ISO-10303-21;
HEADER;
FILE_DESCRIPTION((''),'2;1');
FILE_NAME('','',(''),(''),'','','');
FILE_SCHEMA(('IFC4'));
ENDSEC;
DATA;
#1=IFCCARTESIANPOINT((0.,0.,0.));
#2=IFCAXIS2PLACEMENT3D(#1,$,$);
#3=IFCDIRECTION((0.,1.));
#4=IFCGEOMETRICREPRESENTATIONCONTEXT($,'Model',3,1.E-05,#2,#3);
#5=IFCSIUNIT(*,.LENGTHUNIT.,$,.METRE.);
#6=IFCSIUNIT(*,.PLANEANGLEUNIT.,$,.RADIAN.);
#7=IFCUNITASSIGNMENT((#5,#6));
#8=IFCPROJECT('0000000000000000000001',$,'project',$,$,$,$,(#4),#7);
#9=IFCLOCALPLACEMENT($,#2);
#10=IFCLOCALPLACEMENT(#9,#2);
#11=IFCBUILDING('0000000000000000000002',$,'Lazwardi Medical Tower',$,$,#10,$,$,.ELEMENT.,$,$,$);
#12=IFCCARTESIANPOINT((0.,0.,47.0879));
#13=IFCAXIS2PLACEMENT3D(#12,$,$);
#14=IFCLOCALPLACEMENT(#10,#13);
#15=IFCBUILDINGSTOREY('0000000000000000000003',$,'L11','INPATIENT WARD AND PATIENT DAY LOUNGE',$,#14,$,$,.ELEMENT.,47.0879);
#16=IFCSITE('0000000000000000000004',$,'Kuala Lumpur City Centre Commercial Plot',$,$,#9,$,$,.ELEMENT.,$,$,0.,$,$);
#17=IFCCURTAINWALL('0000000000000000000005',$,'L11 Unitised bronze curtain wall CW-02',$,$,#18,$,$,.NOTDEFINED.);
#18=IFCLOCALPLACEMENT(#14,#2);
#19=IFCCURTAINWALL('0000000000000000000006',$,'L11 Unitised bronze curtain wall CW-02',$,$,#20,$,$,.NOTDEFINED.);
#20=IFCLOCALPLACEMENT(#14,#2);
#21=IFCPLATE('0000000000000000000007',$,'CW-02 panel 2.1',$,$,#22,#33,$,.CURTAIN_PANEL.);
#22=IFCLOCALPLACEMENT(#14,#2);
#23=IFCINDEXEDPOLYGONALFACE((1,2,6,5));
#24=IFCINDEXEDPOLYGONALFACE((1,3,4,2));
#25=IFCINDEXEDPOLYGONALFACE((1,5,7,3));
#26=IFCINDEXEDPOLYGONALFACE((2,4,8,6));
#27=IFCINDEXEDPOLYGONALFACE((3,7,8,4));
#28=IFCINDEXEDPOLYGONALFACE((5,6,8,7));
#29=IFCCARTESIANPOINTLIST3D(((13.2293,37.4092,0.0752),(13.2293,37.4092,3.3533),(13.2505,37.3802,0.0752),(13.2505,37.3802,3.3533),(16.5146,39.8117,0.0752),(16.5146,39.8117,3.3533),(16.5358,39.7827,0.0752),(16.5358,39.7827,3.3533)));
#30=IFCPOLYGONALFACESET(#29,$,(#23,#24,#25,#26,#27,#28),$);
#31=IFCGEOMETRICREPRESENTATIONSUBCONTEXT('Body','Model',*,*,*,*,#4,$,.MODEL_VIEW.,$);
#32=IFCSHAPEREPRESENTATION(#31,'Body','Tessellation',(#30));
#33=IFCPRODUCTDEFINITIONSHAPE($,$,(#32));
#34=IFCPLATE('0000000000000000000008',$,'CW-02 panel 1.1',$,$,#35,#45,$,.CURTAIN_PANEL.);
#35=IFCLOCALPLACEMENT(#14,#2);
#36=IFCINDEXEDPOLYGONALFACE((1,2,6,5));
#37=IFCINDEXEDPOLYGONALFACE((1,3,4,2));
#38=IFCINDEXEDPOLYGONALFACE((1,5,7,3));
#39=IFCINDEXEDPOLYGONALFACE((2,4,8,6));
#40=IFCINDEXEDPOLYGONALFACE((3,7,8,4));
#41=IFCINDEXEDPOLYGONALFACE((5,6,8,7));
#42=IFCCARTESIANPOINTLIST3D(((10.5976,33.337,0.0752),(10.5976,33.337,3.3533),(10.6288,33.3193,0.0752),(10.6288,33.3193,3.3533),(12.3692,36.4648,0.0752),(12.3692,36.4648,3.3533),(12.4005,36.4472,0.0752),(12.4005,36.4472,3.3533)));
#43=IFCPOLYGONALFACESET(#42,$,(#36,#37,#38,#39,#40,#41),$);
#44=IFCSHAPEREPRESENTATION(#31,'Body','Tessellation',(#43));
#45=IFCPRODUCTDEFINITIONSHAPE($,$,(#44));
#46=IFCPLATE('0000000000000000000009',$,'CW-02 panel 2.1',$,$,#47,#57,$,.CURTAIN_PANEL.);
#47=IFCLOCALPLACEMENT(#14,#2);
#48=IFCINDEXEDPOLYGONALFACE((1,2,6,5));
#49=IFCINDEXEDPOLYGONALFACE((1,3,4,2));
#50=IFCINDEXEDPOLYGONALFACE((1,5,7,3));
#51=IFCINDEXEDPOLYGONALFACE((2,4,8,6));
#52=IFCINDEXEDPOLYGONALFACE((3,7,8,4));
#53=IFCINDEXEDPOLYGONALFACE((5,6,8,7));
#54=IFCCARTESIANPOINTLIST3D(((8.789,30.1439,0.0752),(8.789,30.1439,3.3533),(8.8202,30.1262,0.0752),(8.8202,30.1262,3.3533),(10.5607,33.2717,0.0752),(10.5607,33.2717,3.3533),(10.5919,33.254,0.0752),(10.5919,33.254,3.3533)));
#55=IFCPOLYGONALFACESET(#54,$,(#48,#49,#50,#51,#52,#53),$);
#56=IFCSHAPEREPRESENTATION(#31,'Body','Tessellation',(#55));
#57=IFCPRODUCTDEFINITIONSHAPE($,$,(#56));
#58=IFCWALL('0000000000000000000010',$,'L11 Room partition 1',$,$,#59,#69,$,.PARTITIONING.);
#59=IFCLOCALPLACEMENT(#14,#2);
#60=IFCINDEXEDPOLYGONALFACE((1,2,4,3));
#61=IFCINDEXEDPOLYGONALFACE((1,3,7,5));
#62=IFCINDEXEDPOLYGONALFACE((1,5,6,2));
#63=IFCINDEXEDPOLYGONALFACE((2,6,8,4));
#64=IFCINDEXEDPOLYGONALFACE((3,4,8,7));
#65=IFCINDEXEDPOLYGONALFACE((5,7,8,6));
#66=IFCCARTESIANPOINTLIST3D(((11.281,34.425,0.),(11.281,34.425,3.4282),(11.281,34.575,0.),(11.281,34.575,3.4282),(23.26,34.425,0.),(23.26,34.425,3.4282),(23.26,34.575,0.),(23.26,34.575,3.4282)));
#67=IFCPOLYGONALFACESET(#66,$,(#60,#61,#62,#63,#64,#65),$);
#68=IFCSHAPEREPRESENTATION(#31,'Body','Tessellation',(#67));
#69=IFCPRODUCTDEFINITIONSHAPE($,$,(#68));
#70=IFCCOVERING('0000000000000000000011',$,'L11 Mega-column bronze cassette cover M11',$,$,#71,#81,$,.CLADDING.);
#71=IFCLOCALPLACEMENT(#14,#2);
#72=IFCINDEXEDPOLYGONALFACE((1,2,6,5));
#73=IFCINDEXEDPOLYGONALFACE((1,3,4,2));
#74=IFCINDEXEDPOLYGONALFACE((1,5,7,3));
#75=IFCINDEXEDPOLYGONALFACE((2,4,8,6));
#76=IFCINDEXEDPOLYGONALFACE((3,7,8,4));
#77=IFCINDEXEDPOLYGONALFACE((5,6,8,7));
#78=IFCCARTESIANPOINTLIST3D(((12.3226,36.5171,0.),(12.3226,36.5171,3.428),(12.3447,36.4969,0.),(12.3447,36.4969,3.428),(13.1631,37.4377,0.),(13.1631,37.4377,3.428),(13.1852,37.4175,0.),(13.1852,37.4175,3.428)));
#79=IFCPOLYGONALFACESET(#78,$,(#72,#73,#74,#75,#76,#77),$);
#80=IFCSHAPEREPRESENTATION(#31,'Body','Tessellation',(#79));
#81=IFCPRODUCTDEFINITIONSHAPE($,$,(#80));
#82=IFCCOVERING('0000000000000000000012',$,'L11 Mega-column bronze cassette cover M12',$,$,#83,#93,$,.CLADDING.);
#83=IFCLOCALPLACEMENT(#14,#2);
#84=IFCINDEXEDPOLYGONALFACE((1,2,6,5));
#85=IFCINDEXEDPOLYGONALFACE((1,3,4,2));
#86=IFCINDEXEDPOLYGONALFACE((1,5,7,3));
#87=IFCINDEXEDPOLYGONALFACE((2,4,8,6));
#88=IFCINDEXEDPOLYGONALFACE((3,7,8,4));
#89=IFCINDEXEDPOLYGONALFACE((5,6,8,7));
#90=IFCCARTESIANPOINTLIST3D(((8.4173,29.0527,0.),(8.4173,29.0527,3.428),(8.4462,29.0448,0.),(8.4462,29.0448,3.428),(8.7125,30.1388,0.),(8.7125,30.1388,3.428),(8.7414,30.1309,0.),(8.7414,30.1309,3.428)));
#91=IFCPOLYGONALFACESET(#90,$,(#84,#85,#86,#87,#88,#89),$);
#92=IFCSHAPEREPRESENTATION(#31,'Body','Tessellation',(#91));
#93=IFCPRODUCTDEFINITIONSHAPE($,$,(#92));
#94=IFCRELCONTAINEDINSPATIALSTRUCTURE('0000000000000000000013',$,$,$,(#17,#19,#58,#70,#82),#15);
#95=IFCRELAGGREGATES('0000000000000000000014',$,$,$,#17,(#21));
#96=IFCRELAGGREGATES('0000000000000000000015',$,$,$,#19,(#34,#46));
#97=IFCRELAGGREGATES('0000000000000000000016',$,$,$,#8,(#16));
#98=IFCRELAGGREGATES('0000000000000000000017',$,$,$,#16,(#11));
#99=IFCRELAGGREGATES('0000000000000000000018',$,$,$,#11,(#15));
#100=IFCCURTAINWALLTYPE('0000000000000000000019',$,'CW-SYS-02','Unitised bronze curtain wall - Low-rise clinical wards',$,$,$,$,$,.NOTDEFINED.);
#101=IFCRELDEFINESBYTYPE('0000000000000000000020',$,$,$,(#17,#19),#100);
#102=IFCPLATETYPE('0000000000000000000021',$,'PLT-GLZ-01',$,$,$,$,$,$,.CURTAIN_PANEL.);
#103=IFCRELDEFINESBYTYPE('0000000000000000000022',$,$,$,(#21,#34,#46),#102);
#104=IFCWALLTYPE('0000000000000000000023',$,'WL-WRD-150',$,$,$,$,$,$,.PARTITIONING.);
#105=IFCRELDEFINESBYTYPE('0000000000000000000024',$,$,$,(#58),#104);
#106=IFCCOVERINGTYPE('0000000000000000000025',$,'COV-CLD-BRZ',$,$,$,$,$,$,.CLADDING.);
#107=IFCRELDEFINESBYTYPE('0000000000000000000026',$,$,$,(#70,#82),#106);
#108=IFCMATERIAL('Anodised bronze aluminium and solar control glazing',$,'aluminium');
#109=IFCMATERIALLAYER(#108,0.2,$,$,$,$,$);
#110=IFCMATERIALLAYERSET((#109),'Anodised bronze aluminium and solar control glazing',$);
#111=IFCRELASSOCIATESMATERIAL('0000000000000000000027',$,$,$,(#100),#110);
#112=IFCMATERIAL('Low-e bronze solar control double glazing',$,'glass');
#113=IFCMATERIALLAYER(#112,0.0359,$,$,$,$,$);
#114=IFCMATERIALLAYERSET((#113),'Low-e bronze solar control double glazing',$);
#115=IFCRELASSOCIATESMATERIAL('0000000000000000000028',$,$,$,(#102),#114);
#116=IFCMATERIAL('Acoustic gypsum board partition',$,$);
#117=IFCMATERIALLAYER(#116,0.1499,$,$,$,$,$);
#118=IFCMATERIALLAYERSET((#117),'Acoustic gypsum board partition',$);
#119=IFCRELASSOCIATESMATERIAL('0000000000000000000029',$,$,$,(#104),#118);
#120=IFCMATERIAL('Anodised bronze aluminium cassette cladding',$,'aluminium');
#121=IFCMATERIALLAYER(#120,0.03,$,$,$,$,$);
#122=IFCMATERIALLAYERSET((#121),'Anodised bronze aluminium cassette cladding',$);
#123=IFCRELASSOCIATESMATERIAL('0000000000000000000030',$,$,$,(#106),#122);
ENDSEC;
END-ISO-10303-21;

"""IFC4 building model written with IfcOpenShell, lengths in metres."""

from ifc_helpers import new_model, si_unit, direction, frame, frame_2d, origin, origin_2d, place, context, subcontext, project, spatial, rectangle, extrude, material, layer, layer_set, type_object, element, aggregate, save


model = new_model("IFC4")

# Units and contexts
model_context = context("Model", 3, precision=1e-05, world=origin(), true_north=direction((0.0, 1.0)))
body_context = subcontext(model_context, "Body", "Model", "MODEL_VIEW")
ifc_project = project(units=[si_unit("LENGTHUNIT", "METRE"), si_unit("PLANEANGLEUNIT", "RADIAN")], contexts=[model_context])

# Site, building, storey
site_placement = place(None, origin())
site = spatial("IfcSite", under=ifc_project, at=site_placement, Name="Kuala Lumpur City Centre Commercial Plot", CompositionType="ELEMENT", RefElevation=0.0)
building_placement = place(site_placement, origin())
building = spatial("IfcBuilding", under=site, at=building_placement, Name="Lazwardi Medical Tower", CompositionType="ELEMENT")
storey_placement = place(building_placement, frame((0.0, 0.0, 47.0879)))
storey = spatial("IfcBuildingStorey", under=building, at=storey_placement, Name="L11", Description="INPATIENT WARD AND PATIENT DAY LOUNGE", CompositionType="ELEMENT", Elevation=47.0879)

# Curtain wall
ifc_material_1 = material(Name="Anodised bronze aluminium and solar control glazing", Category="aluminium")
ifc_layer_1 = layer(ifc_material_1, 0.2)
ifc_layer_set_1 = layer_set([ifc_layer_1], Name="Anodised bronze aluminium and solar control glazing")
curtain_wall_type = type_object("IfcCurtainWallType", Name="CW-SYS-02", Description="Unitised bronze curtain wall - Low-rise clinical wards", PredefinedType="NOTDEFINED", material=ifc_layer_set_1)
curtain_wall_1_placement = place(storey_placement, origin())
curtain_wall_1 = element("IfcCurtainWall", 1, at=curtain_wall_1_placement, inside=storey, type_object=curtain_wall_type, Name="L11 Unitised bronze curtain wall CW-02", PredefinedType="NOTDEFINED")

# Curtain wall
curtain_wall_2_placement = place(storey_placement, origin())
curtain_wall_2 = element("IfcCurtainWall", 2, at=curtain_wall_2_placement, inside=storey, type_object=curtain_wall_type, Name="L11 Unitised bronze curtain wall CW-02", PredefinedType="NOTDEFINED")

# Plates
ifc_material_2 = material(Name="Low-e bronze solar control double glazing", Category="glass")
ifc_layer_2 = layer(ifc_material_2, 0.0359)
ifc_layer_set_2 = layer_set([ifc_layer_2], Name="Low-e bronze solar control double glazing")
plate_type = type_object("IfcPlateType", Name="PLT-GLZ-01", PredefinedType="CURTAIN_PANEL", material=ifc_layer_set_2)
plate_1_placement = place(storey_placement, frame((14.8826, 38.5959, 0.0752), z_axis=(0.0, 0.0, 1.0), x_axis=(-0.807192, -0.590289, 0.0)))
plate_1 = element("IfcPlate", 3, at=plate_1_placement, type_object=plate_type, Name="CW-02 panel 2.1", PredefinedType="CURTAIN_PANEL", context=body_context, shape_type="SweptSolid", body=[
    extrude(rectangle(XDim=4.0701, YDim=0.0359, at=origin_2d()), origin(), (0.0, 0.0, 1.0), 3.2781),
])
aggregate(curtain_wall_1, [plate_1])
plate_2_placement = place(storey_placement, frame((11.499, 34.8921, 0.0752), z_axis=(0.0, 0.0, 1.0), x_axis=(-0.492854, -0.870112, 0.0)))
plate_2 = element("IfcPlate", 4, at=plate_2_placement, type_object=plate_type, Name="CW-02 panel 1.1", PredefinedType="CURTAIN_PANEL", context=body_context, shape_type="SweptSolid", body=[
    extrude(rectangle(XDim=3.5947, YDim=0.0359, at=origin_2d()), origin(), (0.0, 0.0, 1.0), 3.2781),
])
plate_3_placement = place(storey_placement, frame((9.6904, 31.699, 0.0752), z_axis=(0.0, 0.0, 1.0), x_axis=(-0.492854, -0.870112, 0.0)))
plate_3 = element("IfcPlate", 5, at=plate_3_placement, type_object=plate_type, Name="CW-02 panel 2.1", PredefinedType="CURTAIN_PANEL", context=body_context, shape_type="SweptSolid", body=[
    extrude(rectangle(XDim=3.5947, YDim=0.0359, at=origin_2d()), origin(), (0.0, 0.0, 1.0), 3.2781),
])
aggregate(curtain_wall_2, [plate_2, plate_3])

# Wall
ifc_material_3 = material(Name="Acoustic gypsum board partition")
ifc_layer_3 = layer(ifc_material_3, 0.1499)
ifc_layer_set_3 = layer_set([ifc_layer_3], Name="Acoustic gypsum board partition")
wall_type_1 = type_object("IfcWallType", Name="WL-WRD-150", PredefinedType="PARTITIONING", material=ifc_layer_set_3)
wall_1_placement = place(storey_placement, frame((11.281, 34.5, 0.0), z_axis=(0.0, 0.0, 1.0), x_axis=(1.0, 0.0, 0.0)))
element("IfcWall", 6, at=wall_1_placement, inside=storey, type_object=wall_type_1, Name="L11 Room partition 1", PredefinedType="PARTITIONING", context=body_context, shape_type="SweptSolid", body=[
    extrude(rectangle(XDim=11.979, YDim=0.1499, at=frame_2d((5.9895, 0.0))), origin(), (0.0, 0.0, 1.0), 3.4282),
])

# Coverings
ifc_material_4 = material(Name="Anodised bronze aluminium cassette cladding", Category="aluminium")
ifc_layer_4 = layer(ifc_material_4, 0.03)
ifc_layer_set_4 = layer_set([ifc_layer_4], Name="Anodised bronze aluminium cassette cladding")
covering_type = type_object("IfcCoveringType", Name="COV-CLD-BRZ", PredefinedType="CLADDING", material=ifc_layer_set_4)
covering_1_placement = place(storey_placement, frame((12.7539, 36.9673, 0.0), z_axis=(0.0, 0.0, 1.0), x_axis=(-0.674252, -0.738501, 0.0)))
element("IfcCovering", 7, at=covering_1_placement, inside=storey, type_object=covering_type, Name="L11 Mega-column bronze cassette cover M11", PredefinedType="CLADDING", context=body_context, shape_type="SweptSolid", body=[
    extrude(rectangle(XDim=1.2466, YDim=0.03, at=origin_2d()), origin(), (0.0, 0.0, 1.0), 3.428),
])
covering_2_placement = place(storey_placement, frame((8.5793, 29.5918, 0.0), z_axis=(0.0, 0.0, 1.0), x_axis=(-0.262283, -0.964991, 0.0)))
element("IfcCovering", 8, at=covering_2_placement, inside=storey, type_object=covering_type, Name="L11 Mega-column bronze cassette cover M12", PredefinedType="CLADDING", context=body_context, shape_type="SweptSolid", body=[
    extrude(rectangle(XDim=1.1255, YDim=0.03, at=origin_2d()), origin(), (0.0, 0.0, 1.0), 3.428),
])

save(model, "model.ifc")
